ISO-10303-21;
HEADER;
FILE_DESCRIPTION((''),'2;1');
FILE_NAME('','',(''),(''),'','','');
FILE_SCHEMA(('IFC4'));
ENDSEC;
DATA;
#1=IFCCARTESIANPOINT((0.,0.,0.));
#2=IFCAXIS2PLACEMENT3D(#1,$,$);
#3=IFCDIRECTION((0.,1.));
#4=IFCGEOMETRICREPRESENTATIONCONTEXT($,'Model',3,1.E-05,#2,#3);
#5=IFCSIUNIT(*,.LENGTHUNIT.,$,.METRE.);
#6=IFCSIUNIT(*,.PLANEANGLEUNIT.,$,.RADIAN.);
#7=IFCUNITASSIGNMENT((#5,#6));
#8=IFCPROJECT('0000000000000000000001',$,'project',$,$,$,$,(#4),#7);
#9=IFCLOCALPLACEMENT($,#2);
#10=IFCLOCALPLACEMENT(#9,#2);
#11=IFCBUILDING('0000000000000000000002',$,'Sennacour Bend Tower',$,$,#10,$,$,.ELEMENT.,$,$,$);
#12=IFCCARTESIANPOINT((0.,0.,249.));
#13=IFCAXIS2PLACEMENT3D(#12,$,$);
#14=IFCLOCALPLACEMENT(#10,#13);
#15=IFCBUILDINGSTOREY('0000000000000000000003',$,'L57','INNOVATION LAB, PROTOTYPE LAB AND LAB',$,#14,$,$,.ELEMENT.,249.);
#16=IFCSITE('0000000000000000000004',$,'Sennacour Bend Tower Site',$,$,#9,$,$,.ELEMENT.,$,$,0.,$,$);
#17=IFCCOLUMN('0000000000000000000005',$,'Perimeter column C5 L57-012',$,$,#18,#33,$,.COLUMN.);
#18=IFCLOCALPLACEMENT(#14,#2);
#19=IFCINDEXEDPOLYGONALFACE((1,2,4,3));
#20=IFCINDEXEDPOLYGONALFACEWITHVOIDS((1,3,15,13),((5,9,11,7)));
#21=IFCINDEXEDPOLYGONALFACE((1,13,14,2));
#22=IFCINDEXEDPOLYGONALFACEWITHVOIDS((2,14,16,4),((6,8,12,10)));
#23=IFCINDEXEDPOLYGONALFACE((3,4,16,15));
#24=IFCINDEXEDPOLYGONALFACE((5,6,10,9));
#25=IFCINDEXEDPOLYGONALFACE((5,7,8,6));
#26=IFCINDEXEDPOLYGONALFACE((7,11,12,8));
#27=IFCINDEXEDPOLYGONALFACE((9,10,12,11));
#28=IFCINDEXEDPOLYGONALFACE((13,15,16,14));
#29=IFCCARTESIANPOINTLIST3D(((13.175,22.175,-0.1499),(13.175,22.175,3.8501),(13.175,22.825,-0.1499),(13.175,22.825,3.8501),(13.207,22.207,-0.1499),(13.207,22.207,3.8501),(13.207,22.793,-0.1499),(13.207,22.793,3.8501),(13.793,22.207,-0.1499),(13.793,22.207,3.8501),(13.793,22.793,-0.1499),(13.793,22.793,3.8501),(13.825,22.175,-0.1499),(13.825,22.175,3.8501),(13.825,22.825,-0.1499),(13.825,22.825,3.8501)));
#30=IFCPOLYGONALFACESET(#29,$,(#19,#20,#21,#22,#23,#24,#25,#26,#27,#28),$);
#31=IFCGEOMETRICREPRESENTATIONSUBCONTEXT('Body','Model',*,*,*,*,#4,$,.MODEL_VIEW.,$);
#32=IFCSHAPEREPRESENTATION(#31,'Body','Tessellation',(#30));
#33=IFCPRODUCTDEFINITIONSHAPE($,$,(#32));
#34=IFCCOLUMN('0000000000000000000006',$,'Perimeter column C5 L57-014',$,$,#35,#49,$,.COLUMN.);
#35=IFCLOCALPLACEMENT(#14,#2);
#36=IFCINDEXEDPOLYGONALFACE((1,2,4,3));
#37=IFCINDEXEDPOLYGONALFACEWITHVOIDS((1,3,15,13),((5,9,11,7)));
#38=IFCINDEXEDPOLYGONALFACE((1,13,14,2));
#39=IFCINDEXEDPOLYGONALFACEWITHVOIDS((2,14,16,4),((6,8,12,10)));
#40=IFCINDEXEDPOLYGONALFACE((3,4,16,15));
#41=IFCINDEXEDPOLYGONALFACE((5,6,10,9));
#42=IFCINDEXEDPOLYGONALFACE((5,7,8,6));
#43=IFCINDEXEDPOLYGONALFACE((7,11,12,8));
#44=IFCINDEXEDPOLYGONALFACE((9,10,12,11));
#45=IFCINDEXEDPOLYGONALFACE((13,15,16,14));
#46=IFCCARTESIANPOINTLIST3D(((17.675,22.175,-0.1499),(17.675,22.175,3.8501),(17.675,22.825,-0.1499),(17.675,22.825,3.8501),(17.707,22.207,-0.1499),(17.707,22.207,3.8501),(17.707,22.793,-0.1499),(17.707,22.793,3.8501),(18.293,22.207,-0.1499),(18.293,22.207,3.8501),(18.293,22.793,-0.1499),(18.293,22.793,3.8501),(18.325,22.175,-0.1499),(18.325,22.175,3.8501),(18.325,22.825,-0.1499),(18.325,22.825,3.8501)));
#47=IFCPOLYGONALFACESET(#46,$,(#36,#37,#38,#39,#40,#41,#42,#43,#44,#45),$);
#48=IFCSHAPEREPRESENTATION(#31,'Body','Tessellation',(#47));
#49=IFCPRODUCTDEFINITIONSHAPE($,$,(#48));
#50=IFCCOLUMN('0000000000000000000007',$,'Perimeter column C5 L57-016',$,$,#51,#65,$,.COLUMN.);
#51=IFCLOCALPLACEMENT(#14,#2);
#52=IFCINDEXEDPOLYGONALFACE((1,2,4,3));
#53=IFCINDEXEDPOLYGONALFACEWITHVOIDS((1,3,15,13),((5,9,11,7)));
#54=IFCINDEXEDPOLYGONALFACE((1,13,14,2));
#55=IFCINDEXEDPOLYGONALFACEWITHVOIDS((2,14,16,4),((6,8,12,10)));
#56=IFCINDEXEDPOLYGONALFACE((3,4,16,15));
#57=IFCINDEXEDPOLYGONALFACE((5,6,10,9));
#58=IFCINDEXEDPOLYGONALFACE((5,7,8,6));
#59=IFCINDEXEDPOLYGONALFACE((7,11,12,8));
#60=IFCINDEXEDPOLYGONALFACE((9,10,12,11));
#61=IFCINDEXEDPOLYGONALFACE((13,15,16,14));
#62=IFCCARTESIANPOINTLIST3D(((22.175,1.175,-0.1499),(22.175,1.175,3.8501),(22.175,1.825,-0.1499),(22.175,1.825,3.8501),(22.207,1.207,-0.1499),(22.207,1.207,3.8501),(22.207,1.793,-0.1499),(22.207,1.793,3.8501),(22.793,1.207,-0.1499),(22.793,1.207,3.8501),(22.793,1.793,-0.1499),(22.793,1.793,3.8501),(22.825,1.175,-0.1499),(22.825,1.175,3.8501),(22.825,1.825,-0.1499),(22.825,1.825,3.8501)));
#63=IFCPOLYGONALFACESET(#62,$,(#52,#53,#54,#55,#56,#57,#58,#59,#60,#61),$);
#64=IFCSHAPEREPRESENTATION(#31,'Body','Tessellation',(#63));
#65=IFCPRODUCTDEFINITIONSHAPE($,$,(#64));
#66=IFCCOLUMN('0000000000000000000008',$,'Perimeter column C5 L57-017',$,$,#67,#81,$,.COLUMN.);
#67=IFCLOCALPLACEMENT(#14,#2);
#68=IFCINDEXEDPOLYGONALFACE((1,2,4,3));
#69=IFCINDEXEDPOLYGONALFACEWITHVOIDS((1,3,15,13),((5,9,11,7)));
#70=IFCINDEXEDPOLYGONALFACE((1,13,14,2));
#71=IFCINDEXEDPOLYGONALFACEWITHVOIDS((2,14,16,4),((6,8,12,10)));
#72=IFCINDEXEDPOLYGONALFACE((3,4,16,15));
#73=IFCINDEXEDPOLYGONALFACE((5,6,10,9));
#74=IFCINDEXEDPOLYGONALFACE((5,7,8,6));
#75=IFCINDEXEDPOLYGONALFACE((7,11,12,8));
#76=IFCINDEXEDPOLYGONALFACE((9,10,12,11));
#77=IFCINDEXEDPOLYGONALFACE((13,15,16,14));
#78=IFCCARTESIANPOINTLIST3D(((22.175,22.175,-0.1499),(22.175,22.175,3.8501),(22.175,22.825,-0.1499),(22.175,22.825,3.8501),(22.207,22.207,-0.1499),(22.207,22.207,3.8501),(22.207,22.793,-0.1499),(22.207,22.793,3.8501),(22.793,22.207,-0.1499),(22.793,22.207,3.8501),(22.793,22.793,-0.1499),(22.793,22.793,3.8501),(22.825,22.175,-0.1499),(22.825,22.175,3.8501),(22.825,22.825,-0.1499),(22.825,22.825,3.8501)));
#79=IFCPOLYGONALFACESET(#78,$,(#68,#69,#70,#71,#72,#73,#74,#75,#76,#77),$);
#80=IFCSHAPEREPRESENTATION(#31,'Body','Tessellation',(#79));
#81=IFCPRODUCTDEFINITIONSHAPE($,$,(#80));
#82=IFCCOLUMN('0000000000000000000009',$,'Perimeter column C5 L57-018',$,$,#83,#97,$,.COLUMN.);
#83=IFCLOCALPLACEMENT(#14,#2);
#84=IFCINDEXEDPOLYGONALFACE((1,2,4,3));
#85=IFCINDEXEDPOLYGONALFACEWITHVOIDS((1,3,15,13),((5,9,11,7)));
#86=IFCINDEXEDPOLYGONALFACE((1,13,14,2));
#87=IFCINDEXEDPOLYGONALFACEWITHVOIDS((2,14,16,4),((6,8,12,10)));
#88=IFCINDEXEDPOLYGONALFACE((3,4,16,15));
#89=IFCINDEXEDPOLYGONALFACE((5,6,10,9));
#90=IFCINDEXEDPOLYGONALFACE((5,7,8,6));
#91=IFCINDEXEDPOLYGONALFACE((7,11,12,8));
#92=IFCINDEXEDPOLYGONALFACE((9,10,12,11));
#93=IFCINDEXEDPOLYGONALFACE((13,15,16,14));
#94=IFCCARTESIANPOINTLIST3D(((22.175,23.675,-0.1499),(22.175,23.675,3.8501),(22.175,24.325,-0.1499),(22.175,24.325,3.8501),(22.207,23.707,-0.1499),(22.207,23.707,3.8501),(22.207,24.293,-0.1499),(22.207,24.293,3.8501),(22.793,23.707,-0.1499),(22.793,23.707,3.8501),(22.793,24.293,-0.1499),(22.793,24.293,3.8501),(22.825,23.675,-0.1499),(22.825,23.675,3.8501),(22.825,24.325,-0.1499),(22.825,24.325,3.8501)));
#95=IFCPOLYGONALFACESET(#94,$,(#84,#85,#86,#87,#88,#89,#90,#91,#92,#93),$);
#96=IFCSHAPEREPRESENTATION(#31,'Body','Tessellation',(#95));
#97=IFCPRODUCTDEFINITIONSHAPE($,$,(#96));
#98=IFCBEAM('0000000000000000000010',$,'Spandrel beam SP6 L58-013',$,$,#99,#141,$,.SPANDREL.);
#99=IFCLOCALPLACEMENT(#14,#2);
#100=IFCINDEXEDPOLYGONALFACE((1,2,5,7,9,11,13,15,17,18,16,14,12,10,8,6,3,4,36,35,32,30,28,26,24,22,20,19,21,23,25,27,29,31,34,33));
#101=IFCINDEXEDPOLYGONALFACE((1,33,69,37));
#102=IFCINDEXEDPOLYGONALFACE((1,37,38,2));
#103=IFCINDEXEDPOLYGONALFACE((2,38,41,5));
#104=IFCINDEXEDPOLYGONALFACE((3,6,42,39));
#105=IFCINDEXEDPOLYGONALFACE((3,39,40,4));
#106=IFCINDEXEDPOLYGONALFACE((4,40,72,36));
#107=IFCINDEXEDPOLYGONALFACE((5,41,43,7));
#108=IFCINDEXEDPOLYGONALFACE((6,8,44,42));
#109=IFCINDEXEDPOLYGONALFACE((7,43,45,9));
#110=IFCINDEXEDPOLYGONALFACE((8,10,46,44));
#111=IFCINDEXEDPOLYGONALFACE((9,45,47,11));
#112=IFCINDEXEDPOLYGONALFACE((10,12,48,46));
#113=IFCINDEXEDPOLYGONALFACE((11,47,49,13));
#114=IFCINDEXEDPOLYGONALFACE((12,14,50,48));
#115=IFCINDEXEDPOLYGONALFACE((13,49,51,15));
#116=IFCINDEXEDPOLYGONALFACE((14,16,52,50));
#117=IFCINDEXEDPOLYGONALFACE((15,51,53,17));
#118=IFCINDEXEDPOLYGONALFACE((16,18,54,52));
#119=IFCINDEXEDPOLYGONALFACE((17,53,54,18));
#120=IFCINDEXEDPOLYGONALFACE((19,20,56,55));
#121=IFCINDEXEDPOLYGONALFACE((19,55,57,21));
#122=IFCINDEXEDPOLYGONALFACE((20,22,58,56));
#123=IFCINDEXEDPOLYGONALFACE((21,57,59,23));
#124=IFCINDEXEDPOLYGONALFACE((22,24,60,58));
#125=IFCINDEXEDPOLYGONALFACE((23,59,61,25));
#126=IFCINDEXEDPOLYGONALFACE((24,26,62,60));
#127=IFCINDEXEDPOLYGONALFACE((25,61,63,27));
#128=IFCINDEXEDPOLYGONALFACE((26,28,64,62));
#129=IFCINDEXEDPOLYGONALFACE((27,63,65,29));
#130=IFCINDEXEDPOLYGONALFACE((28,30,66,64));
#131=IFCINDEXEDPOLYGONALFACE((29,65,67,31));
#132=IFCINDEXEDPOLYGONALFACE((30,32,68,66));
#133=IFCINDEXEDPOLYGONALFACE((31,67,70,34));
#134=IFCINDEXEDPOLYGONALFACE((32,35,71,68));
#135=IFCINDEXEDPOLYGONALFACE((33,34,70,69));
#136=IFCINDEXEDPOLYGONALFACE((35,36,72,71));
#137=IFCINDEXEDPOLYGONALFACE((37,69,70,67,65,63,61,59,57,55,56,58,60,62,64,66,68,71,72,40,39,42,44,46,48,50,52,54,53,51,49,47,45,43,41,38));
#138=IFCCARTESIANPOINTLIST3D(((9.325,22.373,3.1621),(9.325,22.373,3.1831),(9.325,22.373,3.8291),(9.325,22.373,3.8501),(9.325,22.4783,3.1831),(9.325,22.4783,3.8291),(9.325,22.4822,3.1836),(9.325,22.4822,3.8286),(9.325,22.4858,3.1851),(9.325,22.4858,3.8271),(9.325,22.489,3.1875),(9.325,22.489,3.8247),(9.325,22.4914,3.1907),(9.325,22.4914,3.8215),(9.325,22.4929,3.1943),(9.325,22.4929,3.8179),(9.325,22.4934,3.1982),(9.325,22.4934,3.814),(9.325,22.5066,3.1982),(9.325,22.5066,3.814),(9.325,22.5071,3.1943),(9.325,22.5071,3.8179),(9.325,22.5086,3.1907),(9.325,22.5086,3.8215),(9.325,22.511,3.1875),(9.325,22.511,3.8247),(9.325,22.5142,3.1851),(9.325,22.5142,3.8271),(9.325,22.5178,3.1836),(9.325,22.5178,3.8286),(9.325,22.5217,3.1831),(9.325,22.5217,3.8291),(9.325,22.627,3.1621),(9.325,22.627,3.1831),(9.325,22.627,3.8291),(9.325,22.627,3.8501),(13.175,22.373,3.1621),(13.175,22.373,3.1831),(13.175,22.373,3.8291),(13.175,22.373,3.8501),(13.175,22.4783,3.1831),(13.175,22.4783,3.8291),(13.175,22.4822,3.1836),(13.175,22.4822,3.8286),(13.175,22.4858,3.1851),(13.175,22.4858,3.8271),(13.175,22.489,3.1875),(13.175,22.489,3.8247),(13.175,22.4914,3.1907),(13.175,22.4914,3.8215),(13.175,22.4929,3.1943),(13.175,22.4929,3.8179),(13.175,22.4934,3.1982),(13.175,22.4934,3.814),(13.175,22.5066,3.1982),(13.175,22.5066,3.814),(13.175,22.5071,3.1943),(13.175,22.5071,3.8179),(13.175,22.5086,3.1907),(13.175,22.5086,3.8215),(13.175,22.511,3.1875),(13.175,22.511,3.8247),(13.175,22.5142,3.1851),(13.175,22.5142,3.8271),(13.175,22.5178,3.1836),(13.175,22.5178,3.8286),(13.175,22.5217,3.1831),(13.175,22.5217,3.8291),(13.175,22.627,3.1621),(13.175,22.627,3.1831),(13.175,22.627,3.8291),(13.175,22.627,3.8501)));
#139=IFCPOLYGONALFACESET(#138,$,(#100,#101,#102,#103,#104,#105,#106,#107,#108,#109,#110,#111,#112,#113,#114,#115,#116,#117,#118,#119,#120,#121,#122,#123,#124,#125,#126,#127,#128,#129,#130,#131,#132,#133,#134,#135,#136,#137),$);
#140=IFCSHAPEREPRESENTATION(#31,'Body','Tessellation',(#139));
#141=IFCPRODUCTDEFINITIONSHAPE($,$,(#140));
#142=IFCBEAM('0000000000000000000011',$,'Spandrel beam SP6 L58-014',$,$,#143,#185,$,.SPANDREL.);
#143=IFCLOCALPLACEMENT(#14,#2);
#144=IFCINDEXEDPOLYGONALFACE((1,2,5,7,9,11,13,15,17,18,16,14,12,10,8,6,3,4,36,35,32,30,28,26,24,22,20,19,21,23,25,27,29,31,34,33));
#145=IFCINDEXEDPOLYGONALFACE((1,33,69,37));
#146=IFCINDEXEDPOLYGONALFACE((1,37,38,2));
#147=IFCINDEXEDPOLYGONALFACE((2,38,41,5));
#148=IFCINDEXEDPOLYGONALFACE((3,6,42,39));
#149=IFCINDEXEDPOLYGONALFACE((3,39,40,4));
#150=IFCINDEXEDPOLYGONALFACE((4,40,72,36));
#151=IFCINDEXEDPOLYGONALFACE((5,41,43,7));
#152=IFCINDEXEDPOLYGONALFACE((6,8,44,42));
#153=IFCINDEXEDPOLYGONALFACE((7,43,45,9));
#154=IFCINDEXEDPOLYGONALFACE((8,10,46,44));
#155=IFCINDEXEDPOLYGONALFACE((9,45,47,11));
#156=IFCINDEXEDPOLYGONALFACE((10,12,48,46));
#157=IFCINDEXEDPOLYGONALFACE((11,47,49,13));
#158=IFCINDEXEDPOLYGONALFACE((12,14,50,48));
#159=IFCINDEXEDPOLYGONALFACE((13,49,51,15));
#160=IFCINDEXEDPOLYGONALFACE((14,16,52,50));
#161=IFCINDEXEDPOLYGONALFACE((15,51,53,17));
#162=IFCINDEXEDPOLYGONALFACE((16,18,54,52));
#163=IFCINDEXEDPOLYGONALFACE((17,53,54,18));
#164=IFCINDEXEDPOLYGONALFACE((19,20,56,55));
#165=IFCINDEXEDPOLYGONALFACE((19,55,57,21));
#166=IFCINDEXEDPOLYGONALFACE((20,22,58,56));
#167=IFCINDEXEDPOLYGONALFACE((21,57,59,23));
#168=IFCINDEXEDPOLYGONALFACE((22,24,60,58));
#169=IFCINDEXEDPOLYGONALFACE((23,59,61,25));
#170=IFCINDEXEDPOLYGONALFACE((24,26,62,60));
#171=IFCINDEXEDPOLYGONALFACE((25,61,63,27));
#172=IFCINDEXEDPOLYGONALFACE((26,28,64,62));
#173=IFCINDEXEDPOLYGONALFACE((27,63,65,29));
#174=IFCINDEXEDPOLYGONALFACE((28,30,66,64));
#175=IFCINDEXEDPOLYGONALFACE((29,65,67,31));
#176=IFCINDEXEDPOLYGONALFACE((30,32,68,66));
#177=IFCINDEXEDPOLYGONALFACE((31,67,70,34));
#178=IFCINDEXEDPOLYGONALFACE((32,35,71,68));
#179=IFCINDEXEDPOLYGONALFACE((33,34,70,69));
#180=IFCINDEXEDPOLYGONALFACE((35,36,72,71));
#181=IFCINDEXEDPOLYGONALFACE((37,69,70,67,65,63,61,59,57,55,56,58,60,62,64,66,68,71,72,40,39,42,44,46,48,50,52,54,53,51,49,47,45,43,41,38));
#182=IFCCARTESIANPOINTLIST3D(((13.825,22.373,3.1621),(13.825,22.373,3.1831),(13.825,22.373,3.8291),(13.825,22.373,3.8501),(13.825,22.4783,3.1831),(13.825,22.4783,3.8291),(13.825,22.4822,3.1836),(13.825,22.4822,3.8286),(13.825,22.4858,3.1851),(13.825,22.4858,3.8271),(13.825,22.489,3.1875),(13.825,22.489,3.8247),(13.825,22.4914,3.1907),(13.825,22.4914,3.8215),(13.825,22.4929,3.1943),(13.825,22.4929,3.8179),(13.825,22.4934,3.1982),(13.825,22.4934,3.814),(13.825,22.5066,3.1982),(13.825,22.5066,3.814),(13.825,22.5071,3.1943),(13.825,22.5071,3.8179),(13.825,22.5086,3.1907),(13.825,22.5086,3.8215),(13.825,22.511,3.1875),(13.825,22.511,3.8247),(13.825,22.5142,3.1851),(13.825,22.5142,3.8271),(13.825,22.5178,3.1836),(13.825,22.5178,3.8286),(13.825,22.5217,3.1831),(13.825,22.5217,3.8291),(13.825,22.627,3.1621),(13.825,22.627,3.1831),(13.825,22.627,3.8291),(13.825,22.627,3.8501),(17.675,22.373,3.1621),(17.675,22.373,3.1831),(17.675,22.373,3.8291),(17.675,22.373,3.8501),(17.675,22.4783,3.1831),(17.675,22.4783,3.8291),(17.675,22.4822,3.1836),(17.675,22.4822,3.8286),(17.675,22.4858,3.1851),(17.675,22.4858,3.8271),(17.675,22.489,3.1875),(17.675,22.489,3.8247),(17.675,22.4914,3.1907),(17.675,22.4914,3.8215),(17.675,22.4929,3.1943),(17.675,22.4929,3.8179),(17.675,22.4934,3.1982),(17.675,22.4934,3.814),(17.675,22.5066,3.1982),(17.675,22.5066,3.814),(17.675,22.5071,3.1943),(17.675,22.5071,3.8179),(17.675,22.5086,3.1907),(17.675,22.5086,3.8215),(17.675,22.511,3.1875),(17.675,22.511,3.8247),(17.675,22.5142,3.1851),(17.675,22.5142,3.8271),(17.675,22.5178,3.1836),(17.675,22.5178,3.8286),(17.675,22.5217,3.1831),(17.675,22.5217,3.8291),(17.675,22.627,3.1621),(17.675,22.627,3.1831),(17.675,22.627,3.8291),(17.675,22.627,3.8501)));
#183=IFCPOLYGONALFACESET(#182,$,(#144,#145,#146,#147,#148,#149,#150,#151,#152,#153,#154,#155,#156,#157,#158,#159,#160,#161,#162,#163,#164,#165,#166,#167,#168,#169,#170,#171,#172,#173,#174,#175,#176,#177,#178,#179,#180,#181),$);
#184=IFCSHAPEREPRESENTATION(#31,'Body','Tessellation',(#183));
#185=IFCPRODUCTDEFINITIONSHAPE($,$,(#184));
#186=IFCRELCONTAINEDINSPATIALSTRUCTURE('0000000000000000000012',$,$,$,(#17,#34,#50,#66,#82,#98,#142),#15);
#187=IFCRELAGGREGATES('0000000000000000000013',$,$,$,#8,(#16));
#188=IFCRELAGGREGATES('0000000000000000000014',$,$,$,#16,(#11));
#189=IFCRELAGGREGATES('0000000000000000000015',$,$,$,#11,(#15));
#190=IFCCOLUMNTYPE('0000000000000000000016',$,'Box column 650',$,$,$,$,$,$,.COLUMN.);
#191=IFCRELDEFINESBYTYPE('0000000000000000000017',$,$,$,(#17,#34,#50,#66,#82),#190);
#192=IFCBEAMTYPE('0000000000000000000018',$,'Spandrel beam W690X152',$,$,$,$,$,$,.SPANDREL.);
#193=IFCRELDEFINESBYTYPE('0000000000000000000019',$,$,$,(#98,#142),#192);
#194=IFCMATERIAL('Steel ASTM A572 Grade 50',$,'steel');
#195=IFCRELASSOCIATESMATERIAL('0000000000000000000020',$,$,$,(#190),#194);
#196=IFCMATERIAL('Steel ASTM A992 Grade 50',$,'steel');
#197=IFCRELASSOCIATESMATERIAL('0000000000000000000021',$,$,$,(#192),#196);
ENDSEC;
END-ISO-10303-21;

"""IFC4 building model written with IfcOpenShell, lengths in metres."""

from ifc_helpers import new_model, si_unit, direction, frame, origin, origin_2d, place, context, subcontext, project, spatial, hollow_rectangle, i_section, extrude, material, material_profile, profile_set, type_object, element, save


model = new_model("IFC4")

# Units and contexts
model_context = context("Model", 3, precision=1e-05, world=origin(), true_north=direction((0.0, 1.0)))
body_context = subcontext(model_context, "Body", "Model", "MODEL_VIEW")
ifc_project = project(units=[si_unit("LENGTHUNIT", "METRE"), si_unit("PLANEANGLEUNIT", "RADIAN")], contexts=[model_context])

# Site, building, storey
site_placement = place(None, origin())
site = spatial("IfcSite", under=ifc_project, at=site_placement, Name="Sennacour Bend Tower Site", CompositionType="ELEMENT", RefElevation=0.0)
building_placement = place(site_placement, origin())
building = spatial("IfcBuilding", under=site, at=building_placement, Name="Sennacour Bend Tower", CompositionType="ELEMENT")
storey_placement = place(building_placement, frame((0.0, 0.0, 249.0)))
storey = spatial("IfcBuildingStorey", under=building, at=storey_placement, Name="L57", Description="INNOVATION LAB, PROTOTYPE LAB AND LAB", CompositionType="ELEMENT", Elevation=249.0)

# Columns
ifc_material_1 = material(Name="Steel ASTM A572 Grade 50", Category="steel")
ifc_material_profile_1 = material_profile(ifc_material_1, hollow_rectangle(XDim=0.6499, YDim=0.6499, WallThickness=0.032, at=origin_2d()), Name="Steel ASTM A572 Grade 50", Category="steel")
ifc_profile_set_1 = profile_set([ifc_material_profile_1], Name="Steel ASTM A572 Grade 50")
column_type = type_object("IfcColumnType", Name="Box column 650", PredefinedType="COLUMN", material=ifc_profile_set_1)
for number, where, z_axis, x_axis, name in (
    (1, (13.5, 22.5, -0.1499), (0.0, 0.0, 1.0), (1.0, 0.0, 0.0), "Perimeter column C5 L57-012"),
    (2, (18.0, 22.5, -0.1499), (0.0, 0.0, 1.0), (1.0, 0.0, 0.0), "Perimeter column C5 L57-014"),
    (3, (22.5, 1.5, -0.1499), (0.0, 0.0, 1.0), (1.0, 0.0, 0.0), "Perimeter column C5 L57-016"),
    (4, (22.5, 22.5, -0.1499), (0.0, 0.0, 1.0), (1.0, 0.0, 0.0), "Perimeter column C5 L57-017"),
    (5, (22.5, 24.0, -0.1499), (0.0, 0.0, 1.0), (1.0, 0.0, 0.0), "Perimeter column C5 L57-018"),
):
    element("IfcColumn", number, at=place(storey_placement, frame(where, z_axis=z_axis, x_axis=x_axis)), inside=storey, type_object=column_type, Name=name, PredefinedType="COLUMN", context=body_context, shape_type="SweptSolid", body=[
        extrude(hollow_rectangle(XDim=0.6499, YDim=0.6499, WallThickness=0.032, at=origin_2d()), origin(), (0.0, 0.0, 1.0), 4.0),
    ])

# Beams
ifc_material_2 = material(Name="Steel ASTM A992 Grade 50", Category="steel")
ifc_material_profile_2 = material_profile(ifc_material_2, i_section(OverallWidth=0.2539, OverallDepth=0.688, WebThickness=0.0132, FlangeThickness=0.021, FilletRadius=0.0151, at=origin_2d()), Name="Steel ASTM A992 Grade 50", Category="steel")
ifc_profile_set_2 = profile_set([ifc_material_profile_2], Name="Steel ASTM A992 Grade 50")
beam_type = type_object("IfcBeamType", Name="Spandrel beam W690X152", PredefinedType="SPANDREL", material=ifc_profile_set_2)
for number, where, z_axis, x_axis, name in (
    (6, (9.325, 22.5, 3.5061), (1.0, 0.0, 0.0), (0.0, 1.0, 0.0), "Spandrel beam SP6 L58-013"),
    (7, (13.825, 22.5, 3.5061), (1.0, 0.0, 0.0), (0.0, 1.0, 0.0), "Spandrel beam SP6 L58-014"),
):
    element("IfcBeam", number, at=place(storey_placement, frame(where, z_axis=z_axis, x_axis=x_axis)), inside=storey, type_object=beam_type, Name=name, PredefinedType="SPANDREL", context=body_context, shape_type="SweptSolid", body=[
        extrude(i_section(OverallWidth=0.2539, OverallDepth=0.688, WebThickness=0.0132, FlangeThickness=0.021, FilletRadius=0.0151, at=origin_2d()), origin(), (0.0, 0.0, 1.0), 3.8501),
    ])

save(model, "model.ifc")
